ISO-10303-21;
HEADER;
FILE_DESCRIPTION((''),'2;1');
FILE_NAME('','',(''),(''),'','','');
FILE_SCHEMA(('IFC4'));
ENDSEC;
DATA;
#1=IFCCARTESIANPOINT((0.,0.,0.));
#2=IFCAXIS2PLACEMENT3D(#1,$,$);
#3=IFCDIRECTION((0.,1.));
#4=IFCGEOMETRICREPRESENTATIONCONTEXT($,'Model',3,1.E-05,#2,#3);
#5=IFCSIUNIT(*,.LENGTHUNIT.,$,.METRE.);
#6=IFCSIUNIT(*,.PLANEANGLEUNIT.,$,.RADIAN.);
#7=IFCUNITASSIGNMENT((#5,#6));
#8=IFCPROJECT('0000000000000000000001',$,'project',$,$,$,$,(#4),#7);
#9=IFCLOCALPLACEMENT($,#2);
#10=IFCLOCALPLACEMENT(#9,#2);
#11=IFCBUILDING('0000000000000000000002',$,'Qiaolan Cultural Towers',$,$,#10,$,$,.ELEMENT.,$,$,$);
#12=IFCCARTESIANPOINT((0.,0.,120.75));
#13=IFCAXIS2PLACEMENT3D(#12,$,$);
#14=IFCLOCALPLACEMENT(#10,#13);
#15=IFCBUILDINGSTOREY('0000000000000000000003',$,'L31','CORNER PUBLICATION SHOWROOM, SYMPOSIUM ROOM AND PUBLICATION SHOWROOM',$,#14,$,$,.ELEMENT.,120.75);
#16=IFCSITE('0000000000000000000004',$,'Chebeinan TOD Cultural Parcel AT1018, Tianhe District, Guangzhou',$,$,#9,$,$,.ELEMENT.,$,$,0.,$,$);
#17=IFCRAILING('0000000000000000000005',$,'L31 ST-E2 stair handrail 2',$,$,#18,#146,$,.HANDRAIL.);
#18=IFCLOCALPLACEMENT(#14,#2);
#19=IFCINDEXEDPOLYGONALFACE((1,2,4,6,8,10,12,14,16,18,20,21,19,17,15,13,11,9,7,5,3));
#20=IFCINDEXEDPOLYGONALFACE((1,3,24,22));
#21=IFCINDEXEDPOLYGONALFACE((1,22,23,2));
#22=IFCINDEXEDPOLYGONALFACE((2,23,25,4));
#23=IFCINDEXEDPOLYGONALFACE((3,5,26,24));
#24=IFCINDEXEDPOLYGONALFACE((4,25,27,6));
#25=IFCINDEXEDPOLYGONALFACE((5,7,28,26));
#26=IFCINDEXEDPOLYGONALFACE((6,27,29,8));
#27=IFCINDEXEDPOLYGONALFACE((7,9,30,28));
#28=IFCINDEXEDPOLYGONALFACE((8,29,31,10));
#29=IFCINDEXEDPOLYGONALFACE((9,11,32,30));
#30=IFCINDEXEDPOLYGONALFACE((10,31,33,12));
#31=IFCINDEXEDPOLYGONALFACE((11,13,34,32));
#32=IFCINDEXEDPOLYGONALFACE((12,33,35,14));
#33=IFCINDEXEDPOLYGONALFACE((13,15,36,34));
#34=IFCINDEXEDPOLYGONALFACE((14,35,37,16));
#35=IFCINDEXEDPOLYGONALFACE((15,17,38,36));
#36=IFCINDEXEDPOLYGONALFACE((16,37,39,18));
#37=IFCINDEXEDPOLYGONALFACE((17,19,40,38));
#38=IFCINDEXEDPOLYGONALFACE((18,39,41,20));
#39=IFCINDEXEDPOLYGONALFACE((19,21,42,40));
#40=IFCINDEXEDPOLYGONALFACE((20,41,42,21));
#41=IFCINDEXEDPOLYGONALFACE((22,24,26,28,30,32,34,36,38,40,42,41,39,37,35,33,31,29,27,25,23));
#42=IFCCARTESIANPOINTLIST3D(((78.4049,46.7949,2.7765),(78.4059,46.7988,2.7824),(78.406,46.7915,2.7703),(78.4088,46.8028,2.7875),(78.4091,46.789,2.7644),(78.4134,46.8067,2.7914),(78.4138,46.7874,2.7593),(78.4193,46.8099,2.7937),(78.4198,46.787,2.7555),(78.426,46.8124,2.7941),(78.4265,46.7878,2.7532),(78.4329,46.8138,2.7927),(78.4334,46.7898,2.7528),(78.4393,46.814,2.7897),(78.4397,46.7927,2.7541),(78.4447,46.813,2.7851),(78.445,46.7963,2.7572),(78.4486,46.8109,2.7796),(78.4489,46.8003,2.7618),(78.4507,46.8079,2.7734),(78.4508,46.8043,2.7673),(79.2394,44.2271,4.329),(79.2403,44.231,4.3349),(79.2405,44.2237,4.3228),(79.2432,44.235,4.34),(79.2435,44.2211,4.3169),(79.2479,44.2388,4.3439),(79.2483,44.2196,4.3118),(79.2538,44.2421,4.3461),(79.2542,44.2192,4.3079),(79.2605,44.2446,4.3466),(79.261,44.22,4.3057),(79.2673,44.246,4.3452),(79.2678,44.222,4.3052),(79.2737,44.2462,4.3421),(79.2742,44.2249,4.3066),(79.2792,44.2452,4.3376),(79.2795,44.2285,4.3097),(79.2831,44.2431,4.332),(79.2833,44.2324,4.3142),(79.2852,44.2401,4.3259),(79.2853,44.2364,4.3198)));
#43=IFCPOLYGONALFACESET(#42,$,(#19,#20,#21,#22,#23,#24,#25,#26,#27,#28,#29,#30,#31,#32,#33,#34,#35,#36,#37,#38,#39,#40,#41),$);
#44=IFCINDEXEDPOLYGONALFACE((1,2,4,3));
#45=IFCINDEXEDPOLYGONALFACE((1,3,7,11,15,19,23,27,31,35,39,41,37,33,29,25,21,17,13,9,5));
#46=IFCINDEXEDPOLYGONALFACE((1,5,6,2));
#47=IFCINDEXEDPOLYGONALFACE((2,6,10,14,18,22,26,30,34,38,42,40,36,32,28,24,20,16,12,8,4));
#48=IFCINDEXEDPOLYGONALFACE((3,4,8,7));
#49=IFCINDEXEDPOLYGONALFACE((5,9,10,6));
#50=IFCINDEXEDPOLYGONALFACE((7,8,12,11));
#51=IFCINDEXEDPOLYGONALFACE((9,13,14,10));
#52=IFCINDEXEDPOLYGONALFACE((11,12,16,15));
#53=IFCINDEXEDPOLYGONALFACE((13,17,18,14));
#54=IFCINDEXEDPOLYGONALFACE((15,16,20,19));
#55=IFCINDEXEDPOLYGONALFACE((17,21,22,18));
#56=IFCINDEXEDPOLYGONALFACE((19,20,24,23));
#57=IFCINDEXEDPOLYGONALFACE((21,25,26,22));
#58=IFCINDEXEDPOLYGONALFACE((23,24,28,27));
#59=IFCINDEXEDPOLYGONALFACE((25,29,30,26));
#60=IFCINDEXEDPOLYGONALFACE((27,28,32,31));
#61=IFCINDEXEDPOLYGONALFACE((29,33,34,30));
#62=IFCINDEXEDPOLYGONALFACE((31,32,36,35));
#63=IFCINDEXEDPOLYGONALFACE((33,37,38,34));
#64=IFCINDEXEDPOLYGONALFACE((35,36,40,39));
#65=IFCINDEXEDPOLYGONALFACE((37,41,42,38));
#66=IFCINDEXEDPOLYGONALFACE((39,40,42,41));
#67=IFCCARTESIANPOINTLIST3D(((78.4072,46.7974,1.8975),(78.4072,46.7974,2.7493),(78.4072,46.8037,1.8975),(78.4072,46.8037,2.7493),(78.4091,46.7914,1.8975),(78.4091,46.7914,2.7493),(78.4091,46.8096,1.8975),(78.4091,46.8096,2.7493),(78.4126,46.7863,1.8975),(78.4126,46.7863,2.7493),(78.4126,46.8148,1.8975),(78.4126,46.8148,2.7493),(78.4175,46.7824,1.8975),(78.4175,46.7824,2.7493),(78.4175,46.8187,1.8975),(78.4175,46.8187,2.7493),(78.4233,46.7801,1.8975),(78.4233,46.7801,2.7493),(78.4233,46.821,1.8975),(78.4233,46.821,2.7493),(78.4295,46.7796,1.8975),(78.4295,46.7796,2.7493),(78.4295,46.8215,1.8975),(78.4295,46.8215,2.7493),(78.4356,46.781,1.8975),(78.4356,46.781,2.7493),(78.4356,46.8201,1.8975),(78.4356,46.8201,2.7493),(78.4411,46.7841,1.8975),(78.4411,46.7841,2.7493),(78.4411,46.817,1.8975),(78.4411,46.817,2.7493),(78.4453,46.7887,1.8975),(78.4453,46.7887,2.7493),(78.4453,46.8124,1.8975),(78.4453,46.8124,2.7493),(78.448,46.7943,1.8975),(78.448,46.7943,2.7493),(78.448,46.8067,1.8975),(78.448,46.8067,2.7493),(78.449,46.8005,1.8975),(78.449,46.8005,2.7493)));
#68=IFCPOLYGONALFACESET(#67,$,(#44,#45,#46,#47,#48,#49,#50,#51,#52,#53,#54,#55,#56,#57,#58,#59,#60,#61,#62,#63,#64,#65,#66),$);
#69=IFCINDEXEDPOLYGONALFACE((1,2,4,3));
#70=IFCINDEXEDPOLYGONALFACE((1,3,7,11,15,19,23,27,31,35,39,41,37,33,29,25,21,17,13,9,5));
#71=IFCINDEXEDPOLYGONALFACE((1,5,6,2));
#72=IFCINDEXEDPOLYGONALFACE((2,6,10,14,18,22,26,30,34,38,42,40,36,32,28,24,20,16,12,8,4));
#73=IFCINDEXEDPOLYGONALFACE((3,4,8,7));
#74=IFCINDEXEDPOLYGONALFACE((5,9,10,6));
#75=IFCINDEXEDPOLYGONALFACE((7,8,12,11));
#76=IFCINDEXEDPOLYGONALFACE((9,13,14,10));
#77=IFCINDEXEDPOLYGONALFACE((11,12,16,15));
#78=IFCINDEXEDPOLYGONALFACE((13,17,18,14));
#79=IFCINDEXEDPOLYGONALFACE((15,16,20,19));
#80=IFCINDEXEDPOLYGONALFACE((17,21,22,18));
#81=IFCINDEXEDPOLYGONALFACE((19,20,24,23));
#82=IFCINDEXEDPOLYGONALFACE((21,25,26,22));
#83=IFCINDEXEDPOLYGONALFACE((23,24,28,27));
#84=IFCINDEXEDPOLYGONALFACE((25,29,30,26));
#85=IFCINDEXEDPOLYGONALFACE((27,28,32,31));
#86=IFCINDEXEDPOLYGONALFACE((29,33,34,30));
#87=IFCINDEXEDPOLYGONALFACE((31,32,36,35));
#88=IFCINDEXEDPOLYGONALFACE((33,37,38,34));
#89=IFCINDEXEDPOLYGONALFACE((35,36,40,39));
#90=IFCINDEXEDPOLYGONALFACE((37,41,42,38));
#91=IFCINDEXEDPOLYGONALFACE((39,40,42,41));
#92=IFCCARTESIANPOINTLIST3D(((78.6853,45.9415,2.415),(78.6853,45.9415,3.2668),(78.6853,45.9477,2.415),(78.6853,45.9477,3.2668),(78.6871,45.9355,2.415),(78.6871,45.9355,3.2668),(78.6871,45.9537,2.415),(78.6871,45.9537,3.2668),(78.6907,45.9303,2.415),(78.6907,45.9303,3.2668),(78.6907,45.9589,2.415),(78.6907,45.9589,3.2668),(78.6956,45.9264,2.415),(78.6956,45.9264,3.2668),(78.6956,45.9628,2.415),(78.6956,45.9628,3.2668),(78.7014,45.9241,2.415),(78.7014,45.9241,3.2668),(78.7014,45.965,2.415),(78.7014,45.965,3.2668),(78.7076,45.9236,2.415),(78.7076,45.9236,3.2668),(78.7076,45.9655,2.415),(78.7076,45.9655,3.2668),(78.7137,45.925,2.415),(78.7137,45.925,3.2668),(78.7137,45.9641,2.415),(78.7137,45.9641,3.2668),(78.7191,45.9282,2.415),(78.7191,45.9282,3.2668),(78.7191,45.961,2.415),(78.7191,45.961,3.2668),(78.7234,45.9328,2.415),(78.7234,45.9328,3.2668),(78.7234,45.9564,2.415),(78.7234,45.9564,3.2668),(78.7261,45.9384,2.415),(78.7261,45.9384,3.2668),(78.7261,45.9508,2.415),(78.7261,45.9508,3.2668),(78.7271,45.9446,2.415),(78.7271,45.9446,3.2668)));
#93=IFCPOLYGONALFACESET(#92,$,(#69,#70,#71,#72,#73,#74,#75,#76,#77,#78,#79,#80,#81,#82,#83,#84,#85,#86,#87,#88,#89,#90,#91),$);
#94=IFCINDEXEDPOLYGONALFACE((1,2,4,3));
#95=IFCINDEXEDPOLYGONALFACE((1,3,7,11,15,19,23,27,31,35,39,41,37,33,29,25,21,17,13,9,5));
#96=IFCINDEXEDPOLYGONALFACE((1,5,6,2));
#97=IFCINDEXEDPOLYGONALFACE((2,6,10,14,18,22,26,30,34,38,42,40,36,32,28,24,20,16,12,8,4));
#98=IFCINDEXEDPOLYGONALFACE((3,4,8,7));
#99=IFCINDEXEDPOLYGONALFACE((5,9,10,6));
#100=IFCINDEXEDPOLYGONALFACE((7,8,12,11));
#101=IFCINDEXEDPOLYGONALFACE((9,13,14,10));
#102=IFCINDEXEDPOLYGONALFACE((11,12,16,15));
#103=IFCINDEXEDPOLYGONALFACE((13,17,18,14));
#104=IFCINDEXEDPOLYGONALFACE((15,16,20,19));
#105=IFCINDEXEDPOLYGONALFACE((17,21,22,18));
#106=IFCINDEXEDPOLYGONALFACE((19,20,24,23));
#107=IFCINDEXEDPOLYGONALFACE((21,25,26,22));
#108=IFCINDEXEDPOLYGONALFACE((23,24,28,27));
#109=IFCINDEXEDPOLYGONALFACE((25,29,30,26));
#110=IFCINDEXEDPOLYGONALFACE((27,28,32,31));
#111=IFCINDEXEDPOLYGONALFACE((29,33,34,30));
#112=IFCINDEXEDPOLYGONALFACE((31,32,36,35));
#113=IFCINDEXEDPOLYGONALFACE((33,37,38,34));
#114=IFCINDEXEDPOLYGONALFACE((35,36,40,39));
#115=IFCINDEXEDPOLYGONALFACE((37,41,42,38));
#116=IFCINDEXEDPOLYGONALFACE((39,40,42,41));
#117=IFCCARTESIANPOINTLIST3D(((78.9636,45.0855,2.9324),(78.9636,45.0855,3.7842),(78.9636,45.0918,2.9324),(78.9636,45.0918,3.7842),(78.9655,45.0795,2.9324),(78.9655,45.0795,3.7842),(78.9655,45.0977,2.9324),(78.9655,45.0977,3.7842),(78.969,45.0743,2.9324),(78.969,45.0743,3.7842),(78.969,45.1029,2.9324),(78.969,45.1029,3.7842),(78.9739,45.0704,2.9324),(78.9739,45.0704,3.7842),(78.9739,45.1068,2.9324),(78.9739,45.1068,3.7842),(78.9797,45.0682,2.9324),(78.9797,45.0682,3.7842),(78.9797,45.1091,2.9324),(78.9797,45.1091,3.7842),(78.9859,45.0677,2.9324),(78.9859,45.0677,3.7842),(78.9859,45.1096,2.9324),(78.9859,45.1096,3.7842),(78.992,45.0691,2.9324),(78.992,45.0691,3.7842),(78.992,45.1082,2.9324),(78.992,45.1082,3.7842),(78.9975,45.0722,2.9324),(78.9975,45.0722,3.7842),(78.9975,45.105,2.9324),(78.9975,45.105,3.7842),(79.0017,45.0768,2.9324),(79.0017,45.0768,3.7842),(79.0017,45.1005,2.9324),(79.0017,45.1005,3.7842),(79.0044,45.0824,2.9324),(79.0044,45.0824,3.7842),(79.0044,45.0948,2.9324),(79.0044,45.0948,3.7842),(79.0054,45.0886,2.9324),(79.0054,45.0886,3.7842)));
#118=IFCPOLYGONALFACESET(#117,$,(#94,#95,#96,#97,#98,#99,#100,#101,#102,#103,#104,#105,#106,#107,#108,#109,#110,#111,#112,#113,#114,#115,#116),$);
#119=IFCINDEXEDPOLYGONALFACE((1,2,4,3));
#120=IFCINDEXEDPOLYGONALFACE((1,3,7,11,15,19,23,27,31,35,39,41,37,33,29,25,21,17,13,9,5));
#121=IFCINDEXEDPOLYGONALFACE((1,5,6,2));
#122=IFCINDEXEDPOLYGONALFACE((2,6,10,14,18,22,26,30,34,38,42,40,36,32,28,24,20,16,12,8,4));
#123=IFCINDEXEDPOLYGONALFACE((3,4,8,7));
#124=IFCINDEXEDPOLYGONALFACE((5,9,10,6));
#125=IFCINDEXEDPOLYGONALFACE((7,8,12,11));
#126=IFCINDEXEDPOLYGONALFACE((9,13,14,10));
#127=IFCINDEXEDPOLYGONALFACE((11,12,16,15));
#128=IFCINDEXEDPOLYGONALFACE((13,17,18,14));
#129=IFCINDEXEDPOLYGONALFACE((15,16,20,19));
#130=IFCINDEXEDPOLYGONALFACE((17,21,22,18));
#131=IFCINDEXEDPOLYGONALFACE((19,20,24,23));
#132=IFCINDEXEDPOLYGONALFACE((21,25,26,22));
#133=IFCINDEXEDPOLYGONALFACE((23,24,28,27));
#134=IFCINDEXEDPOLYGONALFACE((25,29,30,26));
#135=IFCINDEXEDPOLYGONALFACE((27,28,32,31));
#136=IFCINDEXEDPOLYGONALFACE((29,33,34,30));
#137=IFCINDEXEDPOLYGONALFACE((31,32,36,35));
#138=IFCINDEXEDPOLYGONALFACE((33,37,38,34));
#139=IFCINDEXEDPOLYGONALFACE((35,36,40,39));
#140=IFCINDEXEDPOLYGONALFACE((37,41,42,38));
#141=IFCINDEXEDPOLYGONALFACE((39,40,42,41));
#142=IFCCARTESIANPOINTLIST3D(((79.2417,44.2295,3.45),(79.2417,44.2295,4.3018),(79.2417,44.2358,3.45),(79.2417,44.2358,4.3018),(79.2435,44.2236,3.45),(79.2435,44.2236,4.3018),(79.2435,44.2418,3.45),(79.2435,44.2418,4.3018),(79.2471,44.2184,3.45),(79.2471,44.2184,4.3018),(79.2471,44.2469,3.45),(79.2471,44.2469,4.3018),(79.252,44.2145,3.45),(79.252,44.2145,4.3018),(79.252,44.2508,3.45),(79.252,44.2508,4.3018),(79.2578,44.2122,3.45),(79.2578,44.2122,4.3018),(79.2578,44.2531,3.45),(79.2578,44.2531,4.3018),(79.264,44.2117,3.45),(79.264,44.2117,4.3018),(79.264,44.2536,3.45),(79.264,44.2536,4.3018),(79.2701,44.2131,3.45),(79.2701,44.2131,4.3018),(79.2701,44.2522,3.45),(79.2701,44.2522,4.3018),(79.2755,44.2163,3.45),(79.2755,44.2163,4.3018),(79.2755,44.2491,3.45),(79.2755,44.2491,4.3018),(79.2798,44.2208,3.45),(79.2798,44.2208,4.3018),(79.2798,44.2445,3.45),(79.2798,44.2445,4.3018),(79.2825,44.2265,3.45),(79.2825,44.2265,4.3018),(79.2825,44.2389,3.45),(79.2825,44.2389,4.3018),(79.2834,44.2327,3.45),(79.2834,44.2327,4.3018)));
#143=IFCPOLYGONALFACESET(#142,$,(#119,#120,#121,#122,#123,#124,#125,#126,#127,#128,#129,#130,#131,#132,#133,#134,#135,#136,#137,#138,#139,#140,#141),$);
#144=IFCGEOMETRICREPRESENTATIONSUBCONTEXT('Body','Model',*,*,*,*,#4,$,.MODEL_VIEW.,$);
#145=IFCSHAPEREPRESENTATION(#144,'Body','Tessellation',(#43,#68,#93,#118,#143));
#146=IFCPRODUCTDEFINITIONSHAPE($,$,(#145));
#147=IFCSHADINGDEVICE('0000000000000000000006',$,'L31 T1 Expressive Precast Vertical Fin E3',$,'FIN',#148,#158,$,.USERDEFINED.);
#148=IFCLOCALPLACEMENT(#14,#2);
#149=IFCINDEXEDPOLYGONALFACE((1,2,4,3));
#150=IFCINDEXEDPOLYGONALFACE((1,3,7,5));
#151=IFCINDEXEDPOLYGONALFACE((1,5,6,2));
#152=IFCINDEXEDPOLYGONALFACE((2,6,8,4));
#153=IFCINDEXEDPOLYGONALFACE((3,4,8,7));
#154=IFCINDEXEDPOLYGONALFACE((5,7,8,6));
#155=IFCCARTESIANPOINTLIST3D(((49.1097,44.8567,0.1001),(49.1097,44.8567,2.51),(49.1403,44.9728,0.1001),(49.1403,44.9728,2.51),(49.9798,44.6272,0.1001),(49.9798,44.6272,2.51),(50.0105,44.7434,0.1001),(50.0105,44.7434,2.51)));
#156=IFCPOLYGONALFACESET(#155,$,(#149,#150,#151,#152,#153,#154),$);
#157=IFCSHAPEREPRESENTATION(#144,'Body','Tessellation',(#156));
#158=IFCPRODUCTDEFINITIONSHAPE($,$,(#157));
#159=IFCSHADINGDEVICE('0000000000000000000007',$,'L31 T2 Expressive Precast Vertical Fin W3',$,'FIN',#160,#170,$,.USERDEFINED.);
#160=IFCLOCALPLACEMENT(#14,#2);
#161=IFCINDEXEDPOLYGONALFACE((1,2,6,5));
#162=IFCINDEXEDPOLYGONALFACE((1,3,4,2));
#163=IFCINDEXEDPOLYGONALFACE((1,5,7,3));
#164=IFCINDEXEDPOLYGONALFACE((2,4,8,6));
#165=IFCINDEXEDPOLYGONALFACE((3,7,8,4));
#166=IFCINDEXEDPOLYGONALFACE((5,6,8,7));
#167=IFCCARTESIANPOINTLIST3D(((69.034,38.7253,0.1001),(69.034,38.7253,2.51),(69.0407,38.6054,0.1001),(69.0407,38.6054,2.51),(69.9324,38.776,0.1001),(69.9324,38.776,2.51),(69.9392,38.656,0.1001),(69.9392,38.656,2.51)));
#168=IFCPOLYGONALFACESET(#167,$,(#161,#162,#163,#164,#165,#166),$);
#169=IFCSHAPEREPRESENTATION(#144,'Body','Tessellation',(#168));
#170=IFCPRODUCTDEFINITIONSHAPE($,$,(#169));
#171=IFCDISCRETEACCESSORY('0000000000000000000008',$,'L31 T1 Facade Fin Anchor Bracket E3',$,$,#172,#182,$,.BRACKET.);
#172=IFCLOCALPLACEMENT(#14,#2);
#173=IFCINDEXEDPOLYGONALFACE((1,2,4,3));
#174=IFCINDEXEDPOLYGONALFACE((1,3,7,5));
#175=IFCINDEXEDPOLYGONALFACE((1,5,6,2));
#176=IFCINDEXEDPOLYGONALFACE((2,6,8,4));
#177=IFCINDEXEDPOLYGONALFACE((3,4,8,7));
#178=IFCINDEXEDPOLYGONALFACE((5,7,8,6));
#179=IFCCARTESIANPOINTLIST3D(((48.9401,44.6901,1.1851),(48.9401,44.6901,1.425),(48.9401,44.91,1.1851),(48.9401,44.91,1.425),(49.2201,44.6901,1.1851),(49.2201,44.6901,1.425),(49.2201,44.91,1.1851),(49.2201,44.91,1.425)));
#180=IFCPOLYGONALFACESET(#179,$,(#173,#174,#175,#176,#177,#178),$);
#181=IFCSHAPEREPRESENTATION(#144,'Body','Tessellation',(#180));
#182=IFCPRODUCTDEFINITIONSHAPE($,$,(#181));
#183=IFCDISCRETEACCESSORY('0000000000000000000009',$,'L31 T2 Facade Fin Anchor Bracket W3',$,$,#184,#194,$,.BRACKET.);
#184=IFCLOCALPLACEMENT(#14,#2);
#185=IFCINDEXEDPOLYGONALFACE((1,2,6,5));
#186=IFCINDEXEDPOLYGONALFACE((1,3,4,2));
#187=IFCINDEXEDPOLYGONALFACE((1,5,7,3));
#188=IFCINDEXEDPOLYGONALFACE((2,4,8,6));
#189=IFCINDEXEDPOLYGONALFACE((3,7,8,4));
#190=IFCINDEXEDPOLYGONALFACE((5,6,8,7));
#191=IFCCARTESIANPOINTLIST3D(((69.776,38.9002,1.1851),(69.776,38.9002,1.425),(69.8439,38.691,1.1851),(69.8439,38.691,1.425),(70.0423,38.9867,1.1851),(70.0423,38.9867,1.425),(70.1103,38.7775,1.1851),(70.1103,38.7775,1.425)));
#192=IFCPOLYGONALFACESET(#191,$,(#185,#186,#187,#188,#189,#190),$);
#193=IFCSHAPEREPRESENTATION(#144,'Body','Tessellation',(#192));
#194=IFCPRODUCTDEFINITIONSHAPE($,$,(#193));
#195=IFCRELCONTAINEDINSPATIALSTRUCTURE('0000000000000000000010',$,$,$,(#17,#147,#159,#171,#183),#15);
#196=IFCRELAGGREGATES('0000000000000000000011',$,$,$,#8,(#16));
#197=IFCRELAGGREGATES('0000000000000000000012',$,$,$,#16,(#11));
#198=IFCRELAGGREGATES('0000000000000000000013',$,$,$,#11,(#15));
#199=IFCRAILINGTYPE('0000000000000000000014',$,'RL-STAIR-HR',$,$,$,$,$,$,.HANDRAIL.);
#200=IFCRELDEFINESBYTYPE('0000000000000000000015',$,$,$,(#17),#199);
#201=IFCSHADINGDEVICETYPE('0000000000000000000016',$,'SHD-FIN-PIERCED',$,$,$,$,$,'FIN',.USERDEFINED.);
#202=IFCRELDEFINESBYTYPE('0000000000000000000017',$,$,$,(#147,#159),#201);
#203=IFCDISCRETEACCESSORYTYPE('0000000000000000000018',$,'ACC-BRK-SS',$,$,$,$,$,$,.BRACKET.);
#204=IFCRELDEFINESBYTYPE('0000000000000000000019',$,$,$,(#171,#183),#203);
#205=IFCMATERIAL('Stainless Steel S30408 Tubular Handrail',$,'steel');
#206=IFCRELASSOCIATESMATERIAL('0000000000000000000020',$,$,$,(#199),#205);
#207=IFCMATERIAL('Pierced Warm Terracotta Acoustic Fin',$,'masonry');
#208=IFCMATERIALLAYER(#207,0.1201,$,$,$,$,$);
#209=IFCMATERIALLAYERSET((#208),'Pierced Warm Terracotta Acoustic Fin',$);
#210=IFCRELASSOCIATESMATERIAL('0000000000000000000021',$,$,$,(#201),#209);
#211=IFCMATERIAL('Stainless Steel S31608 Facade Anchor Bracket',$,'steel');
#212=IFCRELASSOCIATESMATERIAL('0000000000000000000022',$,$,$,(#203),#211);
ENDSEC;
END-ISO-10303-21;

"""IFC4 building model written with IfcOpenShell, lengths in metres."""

from ifc_helpers import new_model, si_unit, direction, frame, origin, origin_2d, place, context, subcontext, project, spatial, rectangle, circle, extrude, material, layer, layer_set, type_object, element, save


model = new_model("IFC4")

# Units and contexts
model_context = context("Model", 3, precision=1e-05, world=origin(), true_north=direction((0.0, 1.0)))
body_context = subcontext(model_context, "Body", "Model", "MODEL_VIEW")
ifc_project = project(units=[si_unit("LENGTHUNIT", "METRE"), si_unit("PLANEANGLEUNIT", "RADIAN")], contexts=[model_context])

# Site, building, storey
site_placement = place(None, origin())
site = spatial("IfcSite", under=ifc_project, at=site_placement, Name="Chebeinan TOD Cultural Parcel AT1018, Tianhe District, Guangzhou", CompositionType="ELEMENT", RefElevation=0.0)
building_placement = place(site_placement, origin())
building = spatial("IfcBuilding", under=site, at=building_placement, Name="Qiaolan Cultural Towers", CompositionType="ELEMENT")
storey_placement = place(building_placement, frame((0.0, 0.0, 120.75)))
storey = spatial("IfcBuildingStorey", under=building, at=storey_placement, Name="L31", Description="CORNER PUBLICATION SHOWROOM, SYMPOSIUM ROOM AND PUBLICATION SHOWROOM", CompositionType="ELEMENT", Elevation=120.75)

# Railing
ifc_material_1 = material(Name="Stainless Steel S30408 Tubular Handrail", Category="steel")
railing_type = type_object("IfcRailingType", Name="RL-STAIR-HR", PredefinedType="HANDRAIL", material=ifc_material_1)
railing_placement = place(storey_placement, frame((78.428, 46.8005, 1.8975)))
element("IfcRailing", 1, at=railing_placement, inside=storey, type_object=railing_type, Name="L31 ST-E2 stair handrail 2", PredefinedType="HANDRAIL", context=body_context, shape_type="SweptSolid", body=[
    extrude(circle(Radius=0.0239, at=origin_2d()), frame((0.0, 0.0, 0.876), z_axis=(0.267926, -0.824471, 0.498461), x_axis=(0.951043, 0.309057, 0.0)), (0.0, 0.0, 1.0), 3.1145),
    extrude(circle(Radius=0.021, at=origin_2d()), origin(), (0.0, 0.0, 1.0), 0.8518),
    extrude(circle(Radius=0.021, at=origin_2d()), frame((0.2781, -0.856, 0.5176)), (0.0, 0.0, 1.0), 0.8518),
    extrude(circle(Radius=0.021, at=origin_2d()), frame((0.5564, -1.7119, 1.0349)), (0.0, 0.0, 1.0), 0.8518),
    extrude(circle(Radius=0.021, at=origin_2d()), frame((0.8345, -2.5679, 1.5525)), (0.0, 0.0, 1.0), 0.8518),
])

# Shading devices
ifc_material_2 = material(Name="Pierced Warm Terracotta Acoustic Fin", Category="masonry")
ifc_layer_1 = layer(ifc_material_2, 0.1201)
ifc_layer_set_1 = layer_set([ifc_layer_1], Name="Pierced Warm Terracotta Acoustic Fin")
shading_device_type = type_object("IfcShadingDeviceType", Name="SHD-FIN-PIERCED", ElementType="FIN", PredefinedType="USERDEFINED", material=ifc_layer_set_1)
for number, where, z_axis, x_axis, name in (
    (2, (49.5601, 44.8, 0.1001), (0.0, 0.0, 1.0), (0.966948, -0.254975, 0.0), "L31 T1 Expressive Precast Vertical Fin E3"),
    (3, (69.4866, 38.6907, 0.1001), (0.0, 0.0, 1.0), (0.998413, 0.056307, 0.0), "L31 T2 Expressive Precast Vertical Fin W3"),
):
    element("IfcShadingDevice", number, at=place(storey_placement, frame(where, z_axis=z_axis, x_axis=x_axis)), inside=storey, type_object=shading_device_type, Name=name, ObjectType="FIN", PredefinedType="USERDEFINED", context=body_context, shape_type="SweptSolid", body=[
        extrude(rectangle(XDim=0.8999, YDim=0.1201, at=origin_2d()), origin(), (0.0, 0.0, 1.0), 2.4099),
    ])

# Discrete accessories
ifc_material_3 = material(Name="Stainless Steel S31608 Facade Anchor Bracket", Category="steel")
discrete_accessory_type = type_object("IfcDiscreteAccessoryType", Name="ACC-BRK-SS", PredefinedType="BRACKET", material=ifc_material_3)
for number, where, z_axis, x_axis, name in (
    (4, (49.0801, 44.8, 1.1851), (0.0, 0.0, 1.0), (1.0, 0.0, 0.0), "L31 T1 Facade Fin Anchor Bracket E3"),
    (5, (69.9431, 38.8389, 1.1851), (0.0, 0.0, 1.0), (0.951057, 0.309017, 0.0), "L31 T2 Facade Fin Anchor Bracket W3"),
):
    element("IfcDiscreteAccessory", number, at=place(storey_placement, frame(where, z_axis=z_axis, x_axis=x_axis)), inside=storey, type_object=discrete_accessory_type, Name=name, PredefinedType="BRACKET", context=body_context, shape_type="SweptSolid", body=[
        extrude(rectangle(XDim=0.28, YDim=0.22, at=origin_2d()), origin(), (0.0, 0.0, 1.0), 0.24),
    ])

save(model, "model.ifc")
